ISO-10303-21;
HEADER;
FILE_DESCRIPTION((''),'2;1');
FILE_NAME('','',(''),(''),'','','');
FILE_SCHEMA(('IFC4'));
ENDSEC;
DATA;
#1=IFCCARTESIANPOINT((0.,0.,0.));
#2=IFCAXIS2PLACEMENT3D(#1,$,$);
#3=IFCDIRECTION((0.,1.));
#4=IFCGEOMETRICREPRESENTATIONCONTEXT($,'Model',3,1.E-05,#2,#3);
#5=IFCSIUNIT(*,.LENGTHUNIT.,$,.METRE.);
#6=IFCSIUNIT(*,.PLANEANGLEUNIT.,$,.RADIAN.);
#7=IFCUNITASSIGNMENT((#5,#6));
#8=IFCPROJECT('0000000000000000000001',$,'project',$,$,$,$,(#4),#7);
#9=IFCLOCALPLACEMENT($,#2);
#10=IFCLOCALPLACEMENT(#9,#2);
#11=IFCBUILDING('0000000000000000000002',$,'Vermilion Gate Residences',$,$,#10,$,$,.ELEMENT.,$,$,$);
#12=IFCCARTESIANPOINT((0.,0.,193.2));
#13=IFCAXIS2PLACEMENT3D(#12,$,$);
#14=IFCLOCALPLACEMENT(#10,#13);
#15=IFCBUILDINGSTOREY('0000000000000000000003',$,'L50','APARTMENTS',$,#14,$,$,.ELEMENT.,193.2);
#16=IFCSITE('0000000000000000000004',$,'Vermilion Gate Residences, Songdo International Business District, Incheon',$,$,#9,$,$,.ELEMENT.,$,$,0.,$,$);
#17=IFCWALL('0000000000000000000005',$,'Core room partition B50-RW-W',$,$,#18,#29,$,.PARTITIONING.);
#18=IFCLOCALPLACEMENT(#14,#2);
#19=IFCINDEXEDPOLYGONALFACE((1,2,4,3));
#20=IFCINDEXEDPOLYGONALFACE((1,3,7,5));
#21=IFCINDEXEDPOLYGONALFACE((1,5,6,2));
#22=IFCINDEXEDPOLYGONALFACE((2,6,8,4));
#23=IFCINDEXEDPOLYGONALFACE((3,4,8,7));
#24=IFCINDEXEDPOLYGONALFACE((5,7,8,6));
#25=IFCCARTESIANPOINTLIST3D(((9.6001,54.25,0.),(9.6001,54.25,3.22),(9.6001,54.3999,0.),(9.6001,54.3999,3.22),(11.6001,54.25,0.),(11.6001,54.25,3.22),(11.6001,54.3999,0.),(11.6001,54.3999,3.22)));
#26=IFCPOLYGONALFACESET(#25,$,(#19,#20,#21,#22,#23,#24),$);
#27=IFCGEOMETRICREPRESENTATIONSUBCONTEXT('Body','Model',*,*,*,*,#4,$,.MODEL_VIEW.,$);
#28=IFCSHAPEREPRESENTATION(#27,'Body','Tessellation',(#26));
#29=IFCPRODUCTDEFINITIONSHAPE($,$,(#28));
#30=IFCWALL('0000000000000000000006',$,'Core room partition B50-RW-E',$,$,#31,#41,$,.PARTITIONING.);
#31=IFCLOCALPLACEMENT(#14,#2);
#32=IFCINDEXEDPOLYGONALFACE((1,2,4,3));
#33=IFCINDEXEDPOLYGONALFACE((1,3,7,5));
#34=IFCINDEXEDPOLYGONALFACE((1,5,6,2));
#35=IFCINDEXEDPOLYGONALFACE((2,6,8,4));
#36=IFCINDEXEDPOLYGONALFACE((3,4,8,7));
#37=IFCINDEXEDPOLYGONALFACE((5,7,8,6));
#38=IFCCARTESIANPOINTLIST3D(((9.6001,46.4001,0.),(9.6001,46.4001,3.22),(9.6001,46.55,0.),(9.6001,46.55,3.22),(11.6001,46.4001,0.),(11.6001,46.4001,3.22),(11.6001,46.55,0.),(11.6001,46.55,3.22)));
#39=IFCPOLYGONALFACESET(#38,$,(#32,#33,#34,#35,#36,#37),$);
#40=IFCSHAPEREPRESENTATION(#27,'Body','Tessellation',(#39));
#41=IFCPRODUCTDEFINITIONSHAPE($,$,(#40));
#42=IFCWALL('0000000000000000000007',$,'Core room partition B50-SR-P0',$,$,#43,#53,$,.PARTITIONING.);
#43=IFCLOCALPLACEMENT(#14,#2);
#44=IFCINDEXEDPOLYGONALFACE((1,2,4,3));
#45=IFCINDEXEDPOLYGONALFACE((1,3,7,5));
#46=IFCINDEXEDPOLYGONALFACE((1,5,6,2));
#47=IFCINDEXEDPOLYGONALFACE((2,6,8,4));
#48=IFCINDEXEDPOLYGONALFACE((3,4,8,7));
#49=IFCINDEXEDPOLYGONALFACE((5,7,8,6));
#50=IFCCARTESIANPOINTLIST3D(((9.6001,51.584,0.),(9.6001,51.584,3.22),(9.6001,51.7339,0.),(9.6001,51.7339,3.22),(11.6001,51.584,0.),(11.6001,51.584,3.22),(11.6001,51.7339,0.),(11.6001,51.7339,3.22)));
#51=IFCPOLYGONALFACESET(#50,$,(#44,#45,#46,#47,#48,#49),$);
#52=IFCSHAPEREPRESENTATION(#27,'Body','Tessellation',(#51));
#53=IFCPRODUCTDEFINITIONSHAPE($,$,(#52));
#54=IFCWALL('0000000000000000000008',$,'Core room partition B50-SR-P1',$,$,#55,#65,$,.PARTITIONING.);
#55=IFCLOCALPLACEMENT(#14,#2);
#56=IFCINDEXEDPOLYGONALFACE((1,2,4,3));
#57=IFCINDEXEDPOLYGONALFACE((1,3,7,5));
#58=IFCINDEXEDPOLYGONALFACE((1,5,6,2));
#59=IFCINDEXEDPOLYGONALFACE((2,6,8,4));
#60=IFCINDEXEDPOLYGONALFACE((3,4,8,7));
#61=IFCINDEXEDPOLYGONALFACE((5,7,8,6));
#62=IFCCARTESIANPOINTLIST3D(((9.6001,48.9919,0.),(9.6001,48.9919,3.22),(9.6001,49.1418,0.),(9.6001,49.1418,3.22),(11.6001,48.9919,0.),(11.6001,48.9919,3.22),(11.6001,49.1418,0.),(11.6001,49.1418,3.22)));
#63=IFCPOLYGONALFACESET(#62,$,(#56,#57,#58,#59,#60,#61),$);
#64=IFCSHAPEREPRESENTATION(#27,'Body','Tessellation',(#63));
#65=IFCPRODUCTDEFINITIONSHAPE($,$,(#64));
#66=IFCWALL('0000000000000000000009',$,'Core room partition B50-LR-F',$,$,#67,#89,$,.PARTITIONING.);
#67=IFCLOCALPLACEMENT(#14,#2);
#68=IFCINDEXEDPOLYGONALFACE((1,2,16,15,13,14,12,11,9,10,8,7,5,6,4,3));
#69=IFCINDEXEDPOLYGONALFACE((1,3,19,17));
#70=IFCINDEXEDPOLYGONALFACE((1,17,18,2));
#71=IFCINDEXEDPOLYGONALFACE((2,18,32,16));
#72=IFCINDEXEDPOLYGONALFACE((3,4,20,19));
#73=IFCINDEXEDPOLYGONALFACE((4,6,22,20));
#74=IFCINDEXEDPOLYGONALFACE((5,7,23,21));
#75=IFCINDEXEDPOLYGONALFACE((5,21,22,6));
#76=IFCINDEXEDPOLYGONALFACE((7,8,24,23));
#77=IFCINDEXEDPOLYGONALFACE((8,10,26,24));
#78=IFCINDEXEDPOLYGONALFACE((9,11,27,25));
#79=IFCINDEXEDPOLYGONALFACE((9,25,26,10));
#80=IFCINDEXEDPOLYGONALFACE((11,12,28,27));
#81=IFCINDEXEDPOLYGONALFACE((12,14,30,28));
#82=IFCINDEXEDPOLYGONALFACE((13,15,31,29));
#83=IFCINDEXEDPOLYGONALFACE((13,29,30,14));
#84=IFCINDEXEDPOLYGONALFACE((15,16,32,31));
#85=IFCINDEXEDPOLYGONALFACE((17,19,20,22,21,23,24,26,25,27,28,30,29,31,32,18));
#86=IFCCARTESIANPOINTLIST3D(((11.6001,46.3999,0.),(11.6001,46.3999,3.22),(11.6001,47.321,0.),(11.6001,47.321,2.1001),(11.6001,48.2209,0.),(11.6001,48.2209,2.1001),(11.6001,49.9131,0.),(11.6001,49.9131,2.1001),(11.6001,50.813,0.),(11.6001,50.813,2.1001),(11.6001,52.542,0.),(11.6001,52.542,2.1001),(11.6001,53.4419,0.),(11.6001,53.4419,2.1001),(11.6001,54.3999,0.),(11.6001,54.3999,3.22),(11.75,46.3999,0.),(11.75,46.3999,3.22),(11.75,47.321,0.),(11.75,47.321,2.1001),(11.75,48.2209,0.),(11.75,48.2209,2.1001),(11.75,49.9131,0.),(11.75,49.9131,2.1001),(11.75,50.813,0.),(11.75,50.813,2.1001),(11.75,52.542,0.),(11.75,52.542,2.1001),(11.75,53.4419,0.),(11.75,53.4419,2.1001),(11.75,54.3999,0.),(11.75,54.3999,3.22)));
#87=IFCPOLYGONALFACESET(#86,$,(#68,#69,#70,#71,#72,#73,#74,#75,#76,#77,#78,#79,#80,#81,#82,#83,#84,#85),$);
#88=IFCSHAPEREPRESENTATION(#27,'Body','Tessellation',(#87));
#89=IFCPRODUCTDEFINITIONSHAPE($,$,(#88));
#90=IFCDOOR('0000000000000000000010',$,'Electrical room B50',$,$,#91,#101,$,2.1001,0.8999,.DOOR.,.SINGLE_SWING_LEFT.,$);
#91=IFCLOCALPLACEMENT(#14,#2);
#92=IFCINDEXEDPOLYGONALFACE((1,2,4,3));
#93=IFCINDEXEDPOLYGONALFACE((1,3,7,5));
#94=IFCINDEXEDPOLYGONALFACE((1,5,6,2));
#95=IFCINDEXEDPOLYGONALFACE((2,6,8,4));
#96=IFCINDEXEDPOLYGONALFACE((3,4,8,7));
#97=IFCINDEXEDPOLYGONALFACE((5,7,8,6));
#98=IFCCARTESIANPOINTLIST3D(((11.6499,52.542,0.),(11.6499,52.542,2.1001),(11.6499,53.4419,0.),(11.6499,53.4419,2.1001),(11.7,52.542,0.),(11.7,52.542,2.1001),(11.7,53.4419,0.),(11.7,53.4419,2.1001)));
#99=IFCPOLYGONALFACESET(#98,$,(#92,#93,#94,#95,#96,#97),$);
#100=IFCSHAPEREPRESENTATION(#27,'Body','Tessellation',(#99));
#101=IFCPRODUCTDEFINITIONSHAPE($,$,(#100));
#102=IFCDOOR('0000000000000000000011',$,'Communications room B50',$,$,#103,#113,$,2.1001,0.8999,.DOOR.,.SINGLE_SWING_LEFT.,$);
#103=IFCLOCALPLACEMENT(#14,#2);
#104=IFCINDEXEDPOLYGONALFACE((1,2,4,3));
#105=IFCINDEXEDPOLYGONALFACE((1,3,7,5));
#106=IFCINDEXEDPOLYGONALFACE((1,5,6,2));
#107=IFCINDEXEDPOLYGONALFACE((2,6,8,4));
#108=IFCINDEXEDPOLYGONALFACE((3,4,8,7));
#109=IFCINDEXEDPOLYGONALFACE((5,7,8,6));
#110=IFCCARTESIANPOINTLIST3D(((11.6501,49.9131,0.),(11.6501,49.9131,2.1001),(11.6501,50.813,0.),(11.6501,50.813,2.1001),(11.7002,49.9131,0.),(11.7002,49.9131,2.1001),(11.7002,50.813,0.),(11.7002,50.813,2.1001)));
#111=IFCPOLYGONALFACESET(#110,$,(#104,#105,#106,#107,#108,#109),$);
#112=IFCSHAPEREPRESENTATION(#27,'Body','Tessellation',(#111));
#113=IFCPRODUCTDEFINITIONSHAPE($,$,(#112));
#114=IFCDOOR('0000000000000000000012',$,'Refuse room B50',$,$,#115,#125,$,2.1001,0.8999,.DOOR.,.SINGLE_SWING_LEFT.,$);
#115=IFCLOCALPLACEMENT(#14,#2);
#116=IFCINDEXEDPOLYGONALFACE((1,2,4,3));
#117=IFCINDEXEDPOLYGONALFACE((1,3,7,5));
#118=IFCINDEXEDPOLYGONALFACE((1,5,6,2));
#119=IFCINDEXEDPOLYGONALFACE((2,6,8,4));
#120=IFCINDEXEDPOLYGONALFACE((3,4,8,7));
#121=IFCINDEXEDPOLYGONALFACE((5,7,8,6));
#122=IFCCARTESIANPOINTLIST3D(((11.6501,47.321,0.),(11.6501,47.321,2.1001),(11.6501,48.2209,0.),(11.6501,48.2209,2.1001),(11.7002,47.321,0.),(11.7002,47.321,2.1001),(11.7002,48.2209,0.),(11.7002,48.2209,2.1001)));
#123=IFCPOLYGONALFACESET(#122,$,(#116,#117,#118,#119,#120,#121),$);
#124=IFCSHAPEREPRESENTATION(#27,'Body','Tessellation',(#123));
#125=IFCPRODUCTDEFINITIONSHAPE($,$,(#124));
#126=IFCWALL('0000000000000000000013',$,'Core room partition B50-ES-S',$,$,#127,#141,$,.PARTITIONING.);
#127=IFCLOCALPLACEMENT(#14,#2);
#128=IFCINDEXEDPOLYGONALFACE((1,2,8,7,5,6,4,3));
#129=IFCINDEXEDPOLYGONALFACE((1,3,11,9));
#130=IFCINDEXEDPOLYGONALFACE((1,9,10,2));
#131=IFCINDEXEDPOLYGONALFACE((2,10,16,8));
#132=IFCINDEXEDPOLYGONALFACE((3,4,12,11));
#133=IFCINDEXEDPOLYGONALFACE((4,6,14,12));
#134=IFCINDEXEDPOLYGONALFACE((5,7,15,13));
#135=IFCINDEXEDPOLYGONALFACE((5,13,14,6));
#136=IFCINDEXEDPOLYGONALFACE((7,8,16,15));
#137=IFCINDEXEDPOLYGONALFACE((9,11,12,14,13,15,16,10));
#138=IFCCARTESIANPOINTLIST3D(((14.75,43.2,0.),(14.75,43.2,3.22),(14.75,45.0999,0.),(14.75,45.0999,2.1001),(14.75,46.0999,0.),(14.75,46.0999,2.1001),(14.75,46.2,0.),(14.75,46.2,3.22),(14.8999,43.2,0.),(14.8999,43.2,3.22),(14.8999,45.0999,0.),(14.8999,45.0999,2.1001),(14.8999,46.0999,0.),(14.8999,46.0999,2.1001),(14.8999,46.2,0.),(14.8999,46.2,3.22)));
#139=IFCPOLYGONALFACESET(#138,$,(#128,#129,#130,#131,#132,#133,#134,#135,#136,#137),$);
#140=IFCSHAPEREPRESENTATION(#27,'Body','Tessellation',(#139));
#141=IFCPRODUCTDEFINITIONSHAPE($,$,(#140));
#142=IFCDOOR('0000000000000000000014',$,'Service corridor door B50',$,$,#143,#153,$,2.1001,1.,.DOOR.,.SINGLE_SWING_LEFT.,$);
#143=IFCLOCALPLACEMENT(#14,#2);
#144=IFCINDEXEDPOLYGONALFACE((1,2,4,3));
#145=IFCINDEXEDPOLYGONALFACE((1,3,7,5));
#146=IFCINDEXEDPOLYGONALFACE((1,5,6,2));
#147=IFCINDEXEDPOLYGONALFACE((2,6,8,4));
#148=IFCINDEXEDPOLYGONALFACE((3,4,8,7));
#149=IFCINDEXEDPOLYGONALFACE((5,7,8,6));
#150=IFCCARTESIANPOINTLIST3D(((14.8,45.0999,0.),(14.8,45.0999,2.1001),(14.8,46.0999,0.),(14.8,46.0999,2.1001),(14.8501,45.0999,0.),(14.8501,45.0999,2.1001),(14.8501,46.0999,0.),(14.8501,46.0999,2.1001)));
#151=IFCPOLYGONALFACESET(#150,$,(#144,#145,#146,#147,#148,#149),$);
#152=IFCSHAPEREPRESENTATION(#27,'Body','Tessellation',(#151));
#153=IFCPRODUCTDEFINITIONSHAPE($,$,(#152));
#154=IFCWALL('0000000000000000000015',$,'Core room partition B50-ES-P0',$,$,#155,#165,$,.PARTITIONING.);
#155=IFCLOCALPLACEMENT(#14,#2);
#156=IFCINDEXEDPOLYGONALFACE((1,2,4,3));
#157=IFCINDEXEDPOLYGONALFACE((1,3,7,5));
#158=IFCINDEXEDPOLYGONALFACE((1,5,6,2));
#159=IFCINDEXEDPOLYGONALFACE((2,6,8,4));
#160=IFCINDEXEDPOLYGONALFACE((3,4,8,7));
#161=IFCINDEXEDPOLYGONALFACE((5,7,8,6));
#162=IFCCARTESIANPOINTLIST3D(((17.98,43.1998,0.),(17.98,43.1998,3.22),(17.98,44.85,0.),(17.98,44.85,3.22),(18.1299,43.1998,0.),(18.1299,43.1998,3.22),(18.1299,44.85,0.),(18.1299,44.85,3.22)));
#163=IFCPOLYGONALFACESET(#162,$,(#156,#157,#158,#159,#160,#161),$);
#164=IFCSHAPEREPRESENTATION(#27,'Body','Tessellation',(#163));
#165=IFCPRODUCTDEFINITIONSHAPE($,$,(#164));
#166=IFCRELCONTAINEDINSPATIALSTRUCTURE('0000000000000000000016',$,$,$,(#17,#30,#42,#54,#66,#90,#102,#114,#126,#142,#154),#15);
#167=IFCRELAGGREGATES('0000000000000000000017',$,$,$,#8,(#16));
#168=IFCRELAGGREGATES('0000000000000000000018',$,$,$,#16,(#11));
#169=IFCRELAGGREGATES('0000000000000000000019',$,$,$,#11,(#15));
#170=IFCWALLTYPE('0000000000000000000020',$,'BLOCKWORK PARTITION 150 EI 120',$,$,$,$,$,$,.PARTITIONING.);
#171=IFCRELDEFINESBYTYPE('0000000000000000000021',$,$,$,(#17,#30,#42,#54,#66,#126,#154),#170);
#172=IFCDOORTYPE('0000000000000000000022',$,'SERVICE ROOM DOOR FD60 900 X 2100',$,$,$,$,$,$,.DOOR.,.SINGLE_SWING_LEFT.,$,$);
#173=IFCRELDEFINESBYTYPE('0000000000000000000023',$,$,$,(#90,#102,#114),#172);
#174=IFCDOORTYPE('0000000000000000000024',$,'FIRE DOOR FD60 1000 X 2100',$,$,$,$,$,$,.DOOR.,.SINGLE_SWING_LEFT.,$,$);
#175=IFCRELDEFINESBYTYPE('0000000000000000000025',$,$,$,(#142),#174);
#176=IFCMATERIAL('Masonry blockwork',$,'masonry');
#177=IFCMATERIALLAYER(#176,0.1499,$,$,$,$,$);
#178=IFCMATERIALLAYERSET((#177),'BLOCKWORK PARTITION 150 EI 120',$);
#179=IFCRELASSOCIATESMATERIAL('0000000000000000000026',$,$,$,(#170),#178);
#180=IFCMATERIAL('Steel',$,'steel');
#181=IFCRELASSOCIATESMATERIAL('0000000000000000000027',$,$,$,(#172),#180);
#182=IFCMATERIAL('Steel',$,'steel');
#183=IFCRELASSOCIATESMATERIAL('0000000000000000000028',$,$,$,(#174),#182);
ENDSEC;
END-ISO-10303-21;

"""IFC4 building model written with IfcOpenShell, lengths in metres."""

from ifc_helpers import new_model, si_unit, direction, frame, frame_2d, origin, place, context, subcontext, project, spatial, rectangle, extrude, material, layer, layer_set, type_object, element, fill, save


model = new_model("IFC4")

# Units and contexts
model_context = context("Model", 3, precision=1e-05, world=origin(), true_north=direction((0.0, 1.0)))
body_context = subcontext(model_context, "Body", "Model", "MODEL_VIEW")
ifc_project = project(units=[si_unit("LENGTHUNIT", "METRE"), si_unit("PLANEANGLEUNIT", "RADIAN")], contexts=[model_context])

# Site, building, storey
site_placement = place(None, origin())
site = spatial("IfcSite", under=ifc_project, at=site_placement, Name="Vermilion Gate Residences, Songdo International Business District, Incheon", CompositionType="ELEMENT", RefElevation=0.0)
building_placement = place(site_placement, origin())
building = spatial("IfcBuilding", under=site, at=building_placement, Name="Vermilion Gate Residences", CompositionType="ELEMENT")
storey_placement = place(building_placement, frame((0.0, 0.0, 193.2)))
storey = spatial("IfcBuildingStorey", under=building, at=storey_placement, Name="L50", Description="APARTMENTS", CompositionType="ELEMENT", Elevation=193.2)

# Walls
ifc_material_1 = material(Name="Masonry blockwork", Category="masonry")
ifc_layer_1 = layer(ifc_material_1, 0.1499)
ifc_layer_set_1 = layer_set([ifc_layer_1], Name="BLOCKWORK PARTITION 150 EI 120")
wall_type_1 = type_object("IfcWallType", Name="BLOCKWORK PARTITION 150 EI 120", PredefinedType="PARTITIONING", material=ifc_layer_set_1)
for number, where, z_axis, x_axis, name in (
    (1, (9.6001, 54.325, 0.0), (0.0, 0.0, 1.0), (1.0, 0.0, 0.0), "Core room partition B50-RW-W"),
    (2, (9.6001, 46.4751, 0.0), (0.0, 0.0, 1.0), (1.0, 0.0, 0.0), "Core room partition B50-RW-E"),
    (3, (9.6001, 51.6589, 0.0), (0.0, 0.0, 1.0), (1.0, 0.0, 0.0), "Core room partition B50-SR-P0"),
    (4, (9.6001, 49.0669, 0.0), (0.0, 0.0, 1.0), (1.0, 0.0, 0.0), "Core room partition B50-SR-P1"),
):
    element("IfcWall", number, at=place(storey_placement, frame(where, z_axis=z_axis, x_axis=x_axis)), inside=storey, type_object=wall_type_1, Name=name, PredefinedType="PARTITIONING", context=body_context, shape_type="SweptSolid", body=[
        extrude(rectangle(XDim=2.0, YDim=0.1499, at=frame_2d((1.0, 0.0))), origin(), (0.0, 0.0, 1.0), 3.22),
    ])

# Wall, openings, doors
wall_1_placement = place(storey_placement, frame((11.675, 54.3999, 0.0), z_axis=(0.0, 0.0, 1.0), x_axis=(0.0, -1.0, 0.0)))
wall_1 = element("IfcWall", 5, at=wall_1_placement, inside=storey, type_object=wall_type_1, Name="Core room partition B50-LR-F", PredefinedType="PARTITIONING", context=body_context, shape_type="SweptSolid", body=[
    extrude(rectangle(XDim=8.0, YDim=0.1499, at=frame_2d((4.0, 0.0))), origin(), (0.0, 0.0, 1.0), 3.22),
])
opening_1_placement = place(wall_1_placement, frame((0.958, 0.0, 0.0)))
opening_1 = element("IfcOpeningElement", 6, at=opening_1_placement, cuts=wall_1, PredefinedType="OPENING", context=body_context, shape_type="SweptSolid", body=[
    extrude(rectangle(XDim=0.8999, YDim=2.1001, at=frame_2d((0.45, 1.05))), frame((0.0, 0.085, 0.0), z_axis=(0.0, -1.0, 0.0), x_axis=(1.0, 0.0, 0.0)), (0.0, 0.0, 1.0), 0.1699),
])
opening_2_placement = place(wall_1_placement, frame((3.5869, 0.0, 0.0)))
opening_2 = element("IfcOpeningElement", 7, at=opening_2_placement, cuts=wall_1, PredefinedType="OPENING", context=body_context, shape_type="SweptSolid", body=[
    extrude(rectangle(XDim=0.8999, YDim=2.1001, at=frame_2d((0.45, 1.05))), frame((0.0, 0.085, 0.0), z_axis=(0.0, -1.0, 0.0), x_axis=(1.0, 0.0, 0.0)), (0.0, 0.0, 1.0), 0.1699),
])
opening_3_placement = place(wall_1_placement, frame((6.179, 0.0, 0.0)))
opening_3 = element("IfcOpeningElement", 8, at=opening_3_placement, cuts=wall_1, PredefinedType="OPENING", context=body_context, shape_type="SweptSolid", body=[
    extrude(rectangle(XDim=0.8999, YDim=2.1001, at=frame_2d((0.45, 1.05))), frame((0.0, 0.085, 0.0), z_axis=(0.0, -1.0, 0.0), x_axis=(1.0, 0.0, 0.0)), (0.0, 0.0, 1.0), 0.1699),
])
ifc_material_2 = material(Name="Steel", Category="steel")
door_type_1 = type_object("IfcDoorType", Name="SERVICE ROOM DOOR FD60 900 X 2100", OperationType="SINGLE_SWING_LEFT", PredefinedType="DOOR", material=ifc_material_2)
door_1_placement = place(opening_1_placement, origin())
door_1 = element("IfcDoor", 9, at=door_1_placement, inside=storey, type_object=door_type_1, Name="Electrical room B50", OperationType="SINGLE_SWING_LEFT", OverallHeight=2.1001, OverallWidth=0.8999, PredefinedType="DOOR", context=body_context, shape_type="SweptSolid", body=[
    extrude(rectangle(XDim=0.8999, YDim=2.1001, at=frame_2d((0.45, 1.05))), frame((0.0, 0.0249, 0.0), z_axis=(0.0, -1.0, 0.0), x_axis=(1.0, 0.0, 0.0)), (0.0, 0.0, 1.0), 0.05),
])
fill(opening_1, door_1)
door_2_placement = place(opening_2_placement, frame((0.8999, 0.0, 0.0), z_axis=(0.0, 0.0, 1.0), x_axis=(-1.0, 0.0, 0.0)))
door_2 = element("IfcDoor", 10, at=door_2_placement, inside=storey, type_object=door_type_1, Name="Communications room B50", OperationType="SINGLE_SWING_LEFT", OverallHeight=2.1001, OverallWidth=0.8999, PredefinedType="DOOR", context=body_context, shape_type="SweptSolid", body=[
    extrude(rectangle(XDim=0.8999, YDim=2.1001, at=frame_2d((0.45, 1.05))), frame((0.0, 0.0249, 0.0), z_axis=(0.0, -1.0, 0.0), x_axis=(1.0, 0.0, 0.0)), (0.0, 0.0, 1.0), 0.05),
])
fill(opening_2, door_2)
door_3_placement = place(opening_3_placement, frame((0.8999, 0.0, 0.0), z_axis=(0.0, 0.0, 1.0), x_axis=(-1.0, 0.0, 0.0)))
door_3 = element("IfcDoor", 11, at=door_3_placement, inside=storey, type_object=door_type_1, Name="Refuse room B50", OperationType="SINGLE_SWING_LEFT", OverallHeight=2.1001, OverallWidth=0.8999, PredefinedType="DOOR", context=body_context, shape_type="SweptSolid", body=[
    extrude(rectangle(XDim=0.8999, YDim=2.1001, at=frame_2d((0.45, 1.05))), frame((0.0, 0.0249, 0.0), z_axis=(0.0, -1.0, 0.0), x_axis=(1.0, 0.0, 0.0)), (0.0, 0.0, 1.0), 0.05),
])
fill(opening_3, door_3)

# Wall, opening, door
wall_2_placement = place(storey_placement, frame((14.825, 46.2, 0.0), z_axis=(0.0, 0.0, 1.0), x_axis=(0.0, -1.0, 0.0)))
wall_2 = element("IfcWall", 12, at=wall_2_placement, inside=storey, type_object=wall_type_1, Name="Core room partition B50-ES-S", PredefinedType="PARTITIONING", context=body_context, shape_type="SweptSolid", body=[
    extrude(rectangle(XDim=3.0, YDim=0.1499, at=frame_2d((1.5, 0.0))), origin(), (0.0, 0.0, 1.0), 3.22),
])
opening_4_placement = place(wall_2_placement, frame((0.1001, 0.0, 0.0)))
opening_4 = element("IfcOpeningElement", 13, at=opening_4_placement, cuts=wall_2, PredefinedType="OPENING", context=body_context, shape_type="SweptSolid", body=[
    extrude(rectangle(XDim=1.0, YDim=2.1001, at=frame_2d((0.5, 1.05))), frame((0.0, 0.085, 0.0), z_axis=(0.0, -1.0, 0.0), x_axis=(1.0, 0.0, 0.0)), (0.0, 0.0, 1.0), 0.1699),
])
ifc_material_3 = material(Name="Steel", Category="steel")
door_type_2 = type_object("IfcDoorType", Name="FIRE DOOR FD60 1000 X 2100", OperationType="SINGLE_SWING_LEFT", PredefinedType="DOOR", material=ifc_material_3)
door_4_placement = place(opening_4_placement, frame((1.0, 0.0, 0.0), z_axis=(0.0, 0.0, 1.0), x_axis=(-1.0, 0.0, 0.0)))
door_4 = element("IfcDoor", 14, at=door_4_placement, inside=storey, type_object=door_type_2, Name="Service corridor door B50", OperationType="SINGLE_SWING_LEFT", OverallHeight=2.1001, OverallWidth=1.0, PredefinedType="DOOR", context=body_context, shape_type="SweptSolid", body=[
    extrude(rectangle(XDim=1.0, YDim=2.1001, at=frame_2d((0.5, 1.05))), frame((0.0, 0.0249, 0.0), z_axis=(0.0, -1.0, 0.0), x_axis=(1.0, 0.0, 0.0)), (0.0, 0.0, 1.0), 0.05),
])
fill(opening_4, door_4)

# Wall
wall_3_placement = place(storey_placement, frame((18.0549, 44.8501, 0.0), z_axis=(0.0, 0.0, 1.0), x_axis=(0.0, -1.0, 0.0)))
element("IfcWall", 15, at=wall_3_placement, inside=storey, type_object=wall_type_1, Name="Core room partition B50-ES-P0", PredefinedType="PARTITIONING", context=body_context, shape_type="SweptSolid", body=[
    extrude(rectangle(XDim=1.6501, YDim=0.1499, at=frame_2d((0.8252, 0.0))), origin(), (0.0, 0.0, 1.0), 3.22),
])

save(model, "model.ifc")
